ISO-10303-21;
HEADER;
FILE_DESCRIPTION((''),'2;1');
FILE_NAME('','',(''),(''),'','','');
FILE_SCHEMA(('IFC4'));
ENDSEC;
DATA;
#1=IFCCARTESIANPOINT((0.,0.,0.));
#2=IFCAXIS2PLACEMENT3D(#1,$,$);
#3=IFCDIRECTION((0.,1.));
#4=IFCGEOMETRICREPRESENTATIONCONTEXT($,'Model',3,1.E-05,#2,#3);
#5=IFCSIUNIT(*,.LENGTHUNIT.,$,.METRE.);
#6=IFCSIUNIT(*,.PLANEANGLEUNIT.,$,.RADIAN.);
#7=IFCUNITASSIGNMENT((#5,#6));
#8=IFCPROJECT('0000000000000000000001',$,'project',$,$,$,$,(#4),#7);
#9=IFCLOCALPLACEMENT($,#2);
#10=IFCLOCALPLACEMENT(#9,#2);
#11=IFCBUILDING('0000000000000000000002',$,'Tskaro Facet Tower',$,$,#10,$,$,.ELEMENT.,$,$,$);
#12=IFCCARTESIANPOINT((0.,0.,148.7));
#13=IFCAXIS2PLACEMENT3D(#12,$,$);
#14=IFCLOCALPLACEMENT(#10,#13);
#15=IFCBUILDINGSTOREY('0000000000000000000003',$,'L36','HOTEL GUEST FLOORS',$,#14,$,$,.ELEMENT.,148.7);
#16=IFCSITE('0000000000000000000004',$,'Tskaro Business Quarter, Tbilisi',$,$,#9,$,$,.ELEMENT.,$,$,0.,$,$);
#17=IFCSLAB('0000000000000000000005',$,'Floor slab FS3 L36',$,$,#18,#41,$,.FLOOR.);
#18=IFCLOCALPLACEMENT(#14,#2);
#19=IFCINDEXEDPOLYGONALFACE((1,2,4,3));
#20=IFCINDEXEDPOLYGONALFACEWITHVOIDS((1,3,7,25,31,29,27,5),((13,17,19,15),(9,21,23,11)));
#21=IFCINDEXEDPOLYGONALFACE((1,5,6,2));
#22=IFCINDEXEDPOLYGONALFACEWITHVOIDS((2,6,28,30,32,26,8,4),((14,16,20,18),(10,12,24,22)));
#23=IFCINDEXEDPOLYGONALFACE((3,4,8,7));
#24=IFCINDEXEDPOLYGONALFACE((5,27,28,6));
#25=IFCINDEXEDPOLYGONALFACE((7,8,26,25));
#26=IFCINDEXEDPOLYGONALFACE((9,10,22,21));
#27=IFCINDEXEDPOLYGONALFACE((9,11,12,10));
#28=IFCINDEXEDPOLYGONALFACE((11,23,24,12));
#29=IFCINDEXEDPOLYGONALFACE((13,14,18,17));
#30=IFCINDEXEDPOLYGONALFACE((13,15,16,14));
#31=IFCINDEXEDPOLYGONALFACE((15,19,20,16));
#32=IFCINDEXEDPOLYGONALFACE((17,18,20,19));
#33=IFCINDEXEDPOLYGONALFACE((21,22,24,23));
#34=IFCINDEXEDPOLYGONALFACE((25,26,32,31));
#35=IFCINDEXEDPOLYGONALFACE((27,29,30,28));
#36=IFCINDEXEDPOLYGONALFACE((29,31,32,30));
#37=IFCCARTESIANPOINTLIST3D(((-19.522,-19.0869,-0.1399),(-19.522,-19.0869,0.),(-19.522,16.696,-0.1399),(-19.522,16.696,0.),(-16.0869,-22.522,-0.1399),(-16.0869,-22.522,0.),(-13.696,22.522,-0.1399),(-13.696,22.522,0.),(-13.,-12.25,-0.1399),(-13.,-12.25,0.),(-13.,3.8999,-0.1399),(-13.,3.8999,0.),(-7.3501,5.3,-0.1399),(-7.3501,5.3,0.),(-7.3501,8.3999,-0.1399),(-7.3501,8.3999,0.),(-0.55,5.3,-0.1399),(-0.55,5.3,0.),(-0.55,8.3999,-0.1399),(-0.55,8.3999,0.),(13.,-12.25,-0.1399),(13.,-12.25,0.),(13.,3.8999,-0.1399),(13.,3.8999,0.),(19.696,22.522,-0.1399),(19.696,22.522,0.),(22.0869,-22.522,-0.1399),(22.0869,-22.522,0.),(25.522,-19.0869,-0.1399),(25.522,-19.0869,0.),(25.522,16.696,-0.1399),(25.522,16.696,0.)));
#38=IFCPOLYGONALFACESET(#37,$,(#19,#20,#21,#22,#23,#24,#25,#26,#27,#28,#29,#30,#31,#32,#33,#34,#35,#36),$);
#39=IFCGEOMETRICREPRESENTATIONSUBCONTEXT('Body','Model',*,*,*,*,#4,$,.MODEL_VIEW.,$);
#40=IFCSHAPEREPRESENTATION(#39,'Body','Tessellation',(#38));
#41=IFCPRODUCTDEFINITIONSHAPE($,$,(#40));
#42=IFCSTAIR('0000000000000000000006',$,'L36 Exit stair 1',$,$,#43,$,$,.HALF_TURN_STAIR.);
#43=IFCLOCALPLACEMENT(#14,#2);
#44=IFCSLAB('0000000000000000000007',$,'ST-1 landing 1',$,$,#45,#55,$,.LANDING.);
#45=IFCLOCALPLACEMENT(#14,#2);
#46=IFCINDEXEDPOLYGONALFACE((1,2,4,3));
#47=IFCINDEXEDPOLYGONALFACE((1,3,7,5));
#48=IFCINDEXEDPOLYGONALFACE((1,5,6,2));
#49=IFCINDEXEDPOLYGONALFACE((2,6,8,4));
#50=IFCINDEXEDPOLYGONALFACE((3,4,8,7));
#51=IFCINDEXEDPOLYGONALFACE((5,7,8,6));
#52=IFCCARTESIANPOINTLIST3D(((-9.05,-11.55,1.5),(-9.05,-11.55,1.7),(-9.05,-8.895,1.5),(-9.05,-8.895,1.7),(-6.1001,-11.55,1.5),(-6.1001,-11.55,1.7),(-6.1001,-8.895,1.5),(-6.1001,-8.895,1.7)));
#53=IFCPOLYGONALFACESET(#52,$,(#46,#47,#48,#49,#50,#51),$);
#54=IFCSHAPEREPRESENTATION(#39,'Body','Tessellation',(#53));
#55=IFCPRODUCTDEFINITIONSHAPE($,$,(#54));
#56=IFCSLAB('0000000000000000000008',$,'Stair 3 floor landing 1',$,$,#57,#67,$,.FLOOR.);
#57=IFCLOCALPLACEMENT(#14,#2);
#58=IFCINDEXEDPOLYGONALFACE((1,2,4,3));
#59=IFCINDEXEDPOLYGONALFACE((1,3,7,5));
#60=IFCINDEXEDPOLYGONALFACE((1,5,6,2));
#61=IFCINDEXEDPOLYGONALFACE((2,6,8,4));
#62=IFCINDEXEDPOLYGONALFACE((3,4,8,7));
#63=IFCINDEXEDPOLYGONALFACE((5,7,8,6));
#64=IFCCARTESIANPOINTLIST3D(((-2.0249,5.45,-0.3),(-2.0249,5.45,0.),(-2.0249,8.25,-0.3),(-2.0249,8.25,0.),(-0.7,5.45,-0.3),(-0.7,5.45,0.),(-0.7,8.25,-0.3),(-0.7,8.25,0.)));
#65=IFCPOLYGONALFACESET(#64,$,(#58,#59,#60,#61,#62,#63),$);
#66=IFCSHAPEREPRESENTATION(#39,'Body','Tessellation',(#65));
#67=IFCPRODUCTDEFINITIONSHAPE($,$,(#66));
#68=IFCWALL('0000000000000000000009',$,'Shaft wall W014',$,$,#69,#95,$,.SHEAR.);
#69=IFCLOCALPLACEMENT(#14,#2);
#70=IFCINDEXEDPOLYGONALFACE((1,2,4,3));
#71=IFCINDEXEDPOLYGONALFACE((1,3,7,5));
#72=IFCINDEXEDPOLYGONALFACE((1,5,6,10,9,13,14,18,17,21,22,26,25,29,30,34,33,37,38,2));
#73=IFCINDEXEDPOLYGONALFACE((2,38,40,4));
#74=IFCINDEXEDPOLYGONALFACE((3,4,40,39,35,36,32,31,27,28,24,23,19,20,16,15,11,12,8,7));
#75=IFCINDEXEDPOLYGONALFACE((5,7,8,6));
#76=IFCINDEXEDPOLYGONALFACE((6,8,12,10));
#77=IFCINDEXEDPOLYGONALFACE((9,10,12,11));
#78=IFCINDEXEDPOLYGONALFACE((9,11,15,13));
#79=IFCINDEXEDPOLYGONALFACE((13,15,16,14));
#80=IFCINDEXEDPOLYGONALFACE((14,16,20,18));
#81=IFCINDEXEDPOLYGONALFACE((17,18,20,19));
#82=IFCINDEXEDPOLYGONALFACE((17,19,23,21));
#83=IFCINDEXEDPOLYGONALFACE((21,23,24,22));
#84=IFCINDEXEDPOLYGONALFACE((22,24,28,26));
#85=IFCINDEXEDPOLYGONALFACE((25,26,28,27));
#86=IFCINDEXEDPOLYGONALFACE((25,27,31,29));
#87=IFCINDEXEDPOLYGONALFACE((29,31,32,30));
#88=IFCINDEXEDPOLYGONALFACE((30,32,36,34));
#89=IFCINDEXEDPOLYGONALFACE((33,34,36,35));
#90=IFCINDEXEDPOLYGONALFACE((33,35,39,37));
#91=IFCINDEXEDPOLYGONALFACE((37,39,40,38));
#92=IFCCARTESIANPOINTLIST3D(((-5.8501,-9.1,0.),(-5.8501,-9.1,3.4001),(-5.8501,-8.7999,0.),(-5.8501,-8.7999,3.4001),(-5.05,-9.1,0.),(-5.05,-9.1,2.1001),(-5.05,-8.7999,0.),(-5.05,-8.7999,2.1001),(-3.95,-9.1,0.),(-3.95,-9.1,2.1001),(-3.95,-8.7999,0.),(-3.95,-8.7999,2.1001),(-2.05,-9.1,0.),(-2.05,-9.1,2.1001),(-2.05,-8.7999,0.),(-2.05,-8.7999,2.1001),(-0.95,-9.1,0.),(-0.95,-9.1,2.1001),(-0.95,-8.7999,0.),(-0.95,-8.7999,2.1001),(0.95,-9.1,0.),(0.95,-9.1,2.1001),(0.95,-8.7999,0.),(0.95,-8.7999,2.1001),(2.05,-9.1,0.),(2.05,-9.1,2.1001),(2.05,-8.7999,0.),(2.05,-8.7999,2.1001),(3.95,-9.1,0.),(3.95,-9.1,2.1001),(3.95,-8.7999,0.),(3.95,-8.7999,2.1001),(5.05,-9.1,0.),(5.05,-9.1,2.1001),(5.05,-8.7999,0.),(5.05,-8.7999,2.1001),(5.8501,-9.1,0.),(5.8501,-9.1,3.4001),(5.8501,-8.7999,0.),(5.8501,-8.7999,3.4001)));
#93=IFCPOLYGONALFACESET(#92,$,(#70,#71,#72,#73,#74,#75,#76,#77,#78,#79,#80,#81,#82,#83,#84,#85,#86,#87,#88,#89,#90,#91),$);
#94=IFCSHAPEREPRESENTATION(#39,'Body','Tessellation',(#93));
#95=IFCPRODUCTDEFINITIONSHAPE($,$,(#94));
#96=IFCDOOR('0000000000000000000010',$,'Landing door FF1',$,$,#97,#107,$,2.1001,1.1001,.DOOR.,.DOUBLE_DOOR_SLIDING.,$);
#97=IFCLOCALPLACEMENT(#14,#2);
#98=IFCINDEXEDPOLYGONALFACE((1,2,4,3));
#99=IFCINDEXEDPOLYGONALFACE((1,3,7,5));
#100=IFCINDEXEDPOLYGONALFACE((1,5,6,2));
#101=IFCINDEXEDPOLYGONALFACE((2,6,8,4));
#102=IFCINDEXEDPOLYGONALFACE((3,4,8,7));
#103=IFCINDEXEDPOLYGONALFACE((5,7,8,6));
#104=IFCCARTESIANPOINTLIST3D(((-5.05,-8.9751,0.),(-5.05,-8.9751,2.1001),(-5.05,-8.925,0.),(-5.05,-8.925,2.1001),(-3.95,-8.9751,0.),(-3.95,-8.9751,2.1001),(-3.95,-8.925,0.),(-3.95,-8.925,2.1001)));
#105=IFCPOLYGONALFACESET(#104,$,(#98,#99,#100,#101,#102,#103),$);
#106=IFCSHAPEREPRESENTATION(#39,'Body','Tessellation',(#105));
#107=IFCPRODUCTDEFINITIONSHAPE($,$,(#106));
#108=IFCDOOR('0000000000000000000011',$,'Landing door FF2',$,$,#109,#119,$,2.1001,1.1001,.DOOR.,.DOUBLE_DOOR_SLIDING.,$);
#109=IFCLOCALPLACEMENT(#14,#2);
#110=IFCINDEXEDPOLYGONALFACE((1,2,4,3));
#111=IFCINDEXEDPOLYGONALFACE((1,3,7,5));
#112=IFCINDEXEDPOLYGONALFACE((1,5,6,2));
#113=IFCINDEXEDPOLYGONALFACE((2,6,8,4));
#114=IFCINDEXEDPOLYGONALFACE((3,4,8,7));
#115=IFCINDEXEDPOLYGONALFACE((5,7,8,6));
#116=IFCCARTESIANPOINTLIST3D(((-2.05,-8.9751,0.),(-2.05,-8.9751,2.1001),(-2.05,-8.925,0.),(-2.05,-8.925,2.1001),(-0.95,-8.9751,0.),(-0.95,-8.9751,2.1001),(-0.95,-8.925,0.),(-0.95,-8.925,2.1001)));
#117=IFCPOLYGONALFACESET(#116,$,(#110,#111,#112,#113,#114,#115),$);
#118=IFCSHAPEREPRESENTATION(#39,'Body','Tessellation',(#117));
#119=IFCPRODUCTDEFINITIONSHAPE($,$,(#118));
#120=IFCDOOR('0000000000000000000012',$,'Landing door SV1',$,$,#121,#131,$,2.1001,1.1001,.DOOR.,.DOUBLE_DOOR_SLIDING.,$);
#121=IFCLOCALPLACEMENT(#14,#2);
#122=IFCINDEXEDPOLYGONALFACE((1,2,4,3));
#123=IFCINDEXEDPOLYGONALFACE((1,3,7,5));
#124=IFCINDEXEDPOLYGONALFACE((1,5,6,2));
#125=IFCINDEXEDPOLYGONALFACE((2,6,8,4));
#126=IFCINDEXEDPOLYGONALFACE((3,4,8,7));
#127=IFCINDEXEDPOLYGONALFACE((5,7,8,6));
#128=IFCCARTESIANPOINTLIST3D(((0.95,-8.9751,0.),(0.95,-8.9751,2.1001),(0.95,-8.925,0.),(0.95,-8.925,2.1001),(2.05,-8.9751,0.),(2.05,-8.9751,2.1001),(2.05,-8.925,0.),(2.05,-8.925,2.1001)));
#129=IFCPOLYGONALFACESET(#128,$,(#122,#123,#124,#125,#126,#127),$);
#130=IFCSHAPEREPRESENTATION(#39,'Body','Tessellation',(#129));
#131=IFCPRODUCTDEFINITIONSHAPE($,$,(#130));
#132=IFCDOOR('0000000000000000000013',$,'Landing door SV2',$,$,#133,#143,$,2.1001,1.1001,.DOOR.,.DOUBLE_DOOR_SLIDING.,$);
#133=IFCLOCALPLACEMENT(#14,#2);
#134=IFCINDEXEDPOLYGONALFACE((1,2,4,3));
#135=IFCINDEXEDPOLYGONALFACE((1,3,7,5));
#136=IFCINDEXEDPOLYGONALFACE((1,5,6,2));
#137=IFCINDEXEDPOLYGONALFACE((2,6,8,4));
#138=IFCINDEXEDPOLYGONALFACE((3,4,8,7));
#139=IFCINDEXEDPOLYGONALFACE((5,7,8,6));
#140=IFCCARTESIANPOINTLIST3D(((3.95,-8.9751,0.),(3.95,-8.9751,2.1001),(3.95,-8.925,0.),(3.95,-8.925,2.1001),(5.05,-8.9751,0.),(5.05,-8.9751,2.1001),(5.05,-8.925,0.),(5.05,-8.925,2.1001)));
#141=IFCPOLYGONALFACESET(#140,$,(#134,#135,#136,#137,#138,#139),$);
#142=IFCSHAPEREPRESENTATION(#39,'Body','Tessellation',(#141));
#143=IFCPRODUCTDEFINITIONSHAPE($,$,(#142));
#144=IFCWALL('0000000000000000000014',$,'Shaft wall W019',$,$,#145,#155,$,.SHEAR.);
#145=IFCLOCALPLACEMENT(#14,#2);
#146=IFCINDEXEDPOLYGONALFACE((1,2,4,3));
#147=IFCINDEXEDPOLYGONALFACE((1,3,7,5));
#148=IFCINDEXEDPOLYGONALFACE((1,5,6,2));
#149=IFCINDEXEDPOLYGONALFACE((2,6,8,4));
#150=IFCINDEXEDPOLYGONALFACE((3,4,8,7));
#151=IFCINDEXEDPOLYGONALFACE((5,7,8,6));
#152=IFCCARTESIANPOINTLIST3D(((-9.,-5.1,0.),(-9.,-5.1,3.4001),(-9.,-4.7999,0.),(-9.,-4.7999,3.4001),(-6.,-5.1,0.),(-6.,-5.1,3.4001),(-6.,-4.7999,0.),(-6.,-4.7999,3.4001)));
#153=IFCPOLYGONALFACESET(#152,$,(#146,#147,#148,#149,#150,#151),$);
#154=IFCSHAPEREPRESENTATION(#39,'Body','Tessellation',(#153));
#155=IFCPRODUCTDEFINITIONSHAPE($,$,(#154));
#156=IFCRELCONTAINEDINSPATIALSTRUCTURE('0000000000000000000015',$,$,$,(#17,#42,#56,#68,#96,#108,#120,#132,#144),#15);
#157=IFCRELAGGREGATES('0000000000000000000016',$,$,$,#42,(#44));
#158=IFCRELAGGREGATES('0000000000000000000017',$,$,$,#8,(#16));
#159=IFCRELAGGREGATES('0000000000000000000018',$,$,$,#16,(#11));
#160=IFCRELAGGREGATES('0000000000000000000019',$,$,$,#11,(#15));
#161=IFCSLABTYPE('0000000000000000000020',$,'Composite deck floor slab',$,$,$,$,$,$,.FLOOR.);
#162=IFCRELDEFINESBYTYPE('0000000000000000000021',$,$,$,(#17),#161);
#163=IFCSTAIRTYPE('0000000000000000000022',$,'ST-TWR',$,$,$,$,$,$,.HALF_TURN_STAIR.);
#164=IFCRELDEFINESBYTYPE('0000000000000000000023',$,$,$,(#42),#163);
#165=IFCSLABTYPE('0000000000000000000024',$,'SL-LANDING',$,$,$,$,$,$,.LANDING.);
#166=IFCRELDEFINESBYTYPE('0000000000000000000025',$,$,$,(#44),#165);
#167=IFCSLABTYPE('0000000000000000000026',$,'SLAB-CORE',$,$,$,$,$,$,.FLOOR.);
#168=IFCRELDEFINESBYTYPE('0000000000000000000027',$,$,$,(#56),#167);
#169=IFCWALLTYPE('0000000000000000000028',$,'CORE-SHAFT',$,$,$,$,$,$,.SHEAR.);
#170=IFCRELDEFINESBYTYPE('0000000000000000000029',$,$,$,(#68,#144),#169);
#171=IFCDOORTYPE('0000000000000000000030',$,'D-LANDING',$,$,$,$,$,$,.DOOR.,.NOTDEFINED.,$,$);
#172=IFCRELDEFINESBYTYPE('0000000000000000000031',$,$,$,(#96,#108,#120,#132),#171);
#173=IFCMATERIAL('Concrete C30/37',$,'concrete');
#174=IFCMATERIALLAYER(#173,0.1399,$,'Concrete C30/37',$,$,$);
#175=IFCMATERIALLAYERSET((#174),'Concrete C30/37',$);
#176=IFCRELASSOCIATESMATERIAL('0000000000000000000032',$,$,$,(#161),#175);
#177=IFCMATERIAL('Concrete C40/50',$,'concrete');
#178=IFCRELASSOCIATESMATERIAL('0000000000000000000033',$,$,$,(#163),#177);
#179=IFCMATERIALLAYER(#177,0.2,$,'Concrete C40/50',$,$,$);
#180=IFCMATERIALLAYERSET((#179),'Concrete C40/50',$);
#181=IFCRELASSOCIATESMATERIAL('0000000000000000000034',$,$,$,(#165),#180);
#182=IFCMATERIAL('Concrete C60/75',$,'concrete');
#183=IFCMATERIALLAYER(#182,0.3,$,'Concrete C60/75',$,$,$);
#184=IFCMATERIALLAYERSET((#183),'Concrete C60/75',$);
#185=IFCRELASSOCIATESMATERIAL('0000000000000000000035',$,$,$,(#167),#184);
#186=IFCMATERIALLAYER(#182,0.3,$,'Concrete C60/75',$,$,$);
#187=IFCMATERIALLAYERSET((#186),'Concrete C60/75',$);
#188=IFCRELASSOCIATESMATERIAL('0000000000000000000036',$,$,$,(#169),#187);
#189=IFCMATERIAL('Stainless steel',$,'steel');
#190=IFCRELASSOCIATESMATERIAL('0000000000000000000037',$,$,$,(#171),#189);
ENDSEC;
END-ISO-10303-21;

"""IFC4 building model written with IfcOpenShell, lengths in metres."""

from ifc_helpers import new_model, si_unit, direction, frame, frame_2d, origin, place, context, subcontext, project, spatial, polyline, rectangle, outline, extrude, material, layer, layer_set, type_object, element, fill, aggregate, save


model = new_model("IFC4")

# Units and contexts
model_context = context("Model", 3, precision=1e-05, world=origin(), true_north=direction((0.0, 1.0)))
body_context = subcontext(model_context, "Body", "Model", "MODEL_VIEW")
ifc_project = project(units=[si_unit("LENGTHUNIT", "METRE"), si_unit("PLANEANGLEUNIT", "RADIAN")], contexts=[model_context])

# Site, building, storey
site_placement = place(None, origin())
site = spatial("IfcSite", under=ifc_project, at=site_placement, Name="Tskaro Business Quarter, Tbilisi", CompositionType="ELEMENT", RefElevation=0.0)
building_placement = place(site_placement, origin())
building = spatial("IfcBuilding", under=site, at=building_placement, Name="Tskaro Facet Tower", CompositionType="ELEMENT")
storey_placement = place(building_placement, frame((0.0, 0.0, 148.7)))
storey = spatial("IfcBuildingStorey", under=building, at=storey_placement, Name="L36", Description="HOTEL GUEST FLOORS", CompositionType="ELEMENT", Elevation=148.7)

# Slab
ifc_material_1 = material(Name="Concrete C30/37", Category="concrete")
ifc_layer_1 = layer(ifc_material_1, 0.1399, Name="Concrete C30/37")
ifc_layer_set_1 = layer_set([ifc_layer_1], Name="Concrete C30/37")
slab_type_1 = type_object("IfcSlabType", Name="Composite deck floor slab", PredefinedType="FLOOR", material=ifc_layer_set_1)
slab_1_placement = place(storey_placement, frame((0.0, 0.0, -0.1399)))
element("IfcSlab", 1, at=slab_1_placement, inside=storey, type_object=slab_type_1, Name="Floor slab FS3 L36", PredefinedType="FLOOR", context=body_context, shape_type="SweptSolid", body=[
    extrude(outline(polyline([(-16.0869, -22.522), (22.0869, -22.522), (25.522, -19.0869), (25.522, 16.696), (19.696, 22.522), (-13.696, 22.522), (-19.522, 16.696), (-19.522, -19.0869), (-16.0869, -22.522)]), holes=[polyline([(-13.0, -12.25), (13.0, -12.25), (13.0, 3.8999), (-13.0, 3.8999), (-13.0, -12.25)]), polyline([(-7.3501, 5.3), (-0.55, 5.3), (-0.55, 8.3999), (-7.3501, 8.3999), (-7.3501, 5.3)])]), origin(), (0.0, 0.0, 1.0), 0.1399),
])

# Stair, slab
ifc_material_2 = material(Name="Concrete C40/50", Category="concrete")
stair_type = type_object("IfcStairType", Name="ST-TWR", PredefinedType="HALF_TURN_STAIR", material=ifc_material_2)
stair_placement = place(storey_placement, origin())
stair = element("IfcStair", 2, at=stair_placement, inside=storey, type_object=stair_type, Name="L36 Exit stair 1", PredefinedType="HALF_TURN_STAIR")
ifc_layer_2 = layer(ifc_material_2, 0.2, Name="Concrete C40/50")
ifc_layer_set_2 = layer_set([ifc_layer_2], Name="Concrete C40/50")
slab_type_2 = type_object("IfcSlabType", Name="SL-LANDING", PredefinedType="LANDING", material=ifc_layer_set_2)
slab_2_placement = place(storey_placement, frame((0.0, 0.0, 1.5)))
slab_2 = element("IfcSlab", 3, at=slab_2_placement, type_object=slab_type_2, Name="ST-1 landing 1", PredefinedType="LANDING", context=body_context, shape_type="SweptSolid", body=[
    extrude(outline(polyline([(-9.05, -11.55), (-6.1001, -11.55), (-6.1001, -8.895), (-9.05, -8.895), (-9.05, -11.55)])), origin(), (0.0, 0.0, 1.0), 0.2),
])

# Slab
ifc_material_3 = material(Name="Concrete C60/75", Category="concrete")
ifc_layer_3 = layer(ifc_material_3, 0.3, Name="Concrete C60/75")
ifc_layer_set_3 = layer_set([ifc_layer_3], Name="Concrete C60/75")
slab_type_3 = type_object("IfcSlabType", Name="SLAB-CORE", PredefinedType="FLOOR", material=ifc_layer_set_3)
slab_3_placement = place(storey_placement, frame((0.0, 0.0, -0.3)))
element("IfcSlab", 4, at=slab_3_placement, inside=storey, type_object=slab_type_3, Name="Stair 3 floor landing 1", PredefinedType="FLOOR", context=body_context, shape_type="SweptSolid", body=[
    extrude(outline(polyline([(-2.0249, 5.45), (-0.7, 5.45), (-0.7, 8.25), (-2.0249, 8.25), (-2.0249, 5.45)])), origin(), (0.0, 0.0, 1.0), 0.3),
])

# Wall, openings, doors
ifc_layer_4 = layer(ifc_material_3, 0.3, Name="Concrete C60/75")
ifc_layer_set_4 = layer_set([ifc_layer_4], Name="Concrete C60/75")
wall_type_1 = type_object("IfcWallType", Name="CORE-SHAFT", PredefinedType="SHEAR", material=ifc_layer_set_4)
wall_1_placement = place(storey_placement, frame((-5.8501, -8.95, 0.0), z_axis=(0.0, 0.0, 1.0), x_axis=(1.0, 0.0, 0.0)))
wall_1 = element("IfcWall", 5, at=wall_1_placement, inside=storey, type_object=wall_type_1, Name="Shaft wall W014", PredefinedType="SHEAR", context=body_context, shape_type="SweptSolid", body=[
    extrude(rectangle(XDim=11.7002, YDim=0.3, at=frame_2d((5.8501, 0.0))), origin(), (0.0, 0.0, 1.0), 3.4001),
])
opening_1_placement = place(wall_1_placement, frame((0.8, 0.0, 0.0)))
opening_1 = element("IfcOpeningElement", 6, at=opening_1_placement, cuts=wall_1, PredefinedType="OPENING", context=body_context, shape_type="SweptSolid", body=[
    extrude(rectangle(XDim=1.1001, YDim=2.1001, at=frame_2d((0.55, 1.05))), frame((0.0, 0.1599, 0.0), z_axis=(0.0, -1.0, 0.0), x_axis=(1.0, 0.0, 0.0)), (0.0, 0.0, 1.0), 0.3201),
])
opening_2_placement = place(wall_1_placement, frame((3.8, 0.0, 0.0)))
opening_2 = element("IfcOpeningElement", 7, at=opening_2_placement, cuts=wall_1, PredefinedType="OPENING", context=body_context, shape_type="SweptSolid", body=[
    extrude(rectangle(XDim=1.1001, YDim=2.1001, at=frame_2d((0.55, 1.05))), frame((0.0, 0.1599, 0.0), z_axis=(0.0, -1.0, 0.0), x_axis=(1.0, 0.0, 0.0)), (0.0, 0.0, 1.0), 0.3201),
])
opening_3_placement = place(wall_1_placement, frame((6.8, 0.0, 0.0)))
opening_3 = element("IfcOpeningElement", 8, at=opening_3_placement, cuts=wall_1, PredefinedType="OPENING", context=body_context, shape_type="SweptSolid", body=[
    extrude(rectangle(XDim=1.1001, YDim=2.1001, at=frame_2d((0.55, 1.05))), frame((0.0, 0.1599, 0.0), z_axis=(0.0, -1.0, 0.0), x_axis=(1.0, 0.0, 0.0)), (0.0, 0.0, 1.0), 0.3201),
])
opening_4_placement = place(wall_1_placement, frame((9.8, 0.0, 0.0)))
opening_4 = element("IfcOpeningElement", 9, at=opening_4_placement, cuts=wall_1, PredefinedType="OPENING", context=body_context, shape_type="SweptSolid", body=[
    extrude(rectangle(XDim=1.1001, YDim=2.1001, at=frame_2d((0.55, 1.05))), frame((0.0, 0.1599, 0.0), z_axis=(0.0, -1.0, 0.0), x_axis=(1.0, 0.0, 0.0)), (0.0, 0.0, 1.0), 0.3201),
])
ifc_material_4 = material(Name="Stainless steel", Category="steel")
door_type_1 = type_object("IfcDoorType", Name="D-LANDING", OperationType="NOTDEFINED", PredefinedType="DOOR", material=ifc_material_4)
door_1_placement = place(opening_1_placement, origin())
door_1 = element("IfcDoor", 10, at=door_1_placement, inside=storey, type_object=door_type_1, Name="Landing door FF1", OperationType="DOUBLE_DOOR_SLIDING", OverallHeight=2.1001, OverallWidth=1.1001, PredefinedType="DOOR", context=body_context, shape_type="SweptSolid", body=[
    extrude(rectangle(XDim=1.1001, YDim=2.1001, at=frame_2d((0.55, 1.05))), frame((0.0, 0.0249, 0.0), z_axis=(0.0, -1.0, 0.0), x_axis=(1.0, 0.0, 0.0)), (0.0, 0.0, 1.0), 0.05),
])
fill(opening_1, door_1)
door_2_placement = place(opening_2_placement, origin())
door_2 = element("IfcDoor", 11, at=door_2_placement, inside=storey, type_object=door_type_1, Name="Landing door FF2", OperationType="DOUBLE_DOOR_SLIDING", OverallHeight=2.1001, OverallWidth=1.1001, PredefinedType="DOOR", context=body_context, shape_type="SweptSolid", body=[
    extrude(rectangle(XDim=1.1001, YDim=2.1001, at=frame_2d((0.55, 1.05))), frame((0.0, 0.0249, 0.0), z_axis=(0.0, -1.0, 0.0), x_axis=(1.0, 0.0, 0.0)), (0.0, 0.0, 1.0), 0.05),
])
fill(opening_2, door_2)
door_3_placement = place(opening_3_placement, origin())
door_3 = element("IfcDoor", 12, at=door_3_placement, inside=storey, type_object=door_type_1, Name="Landing door SV1", OperationType="DOUBLE_DOOR_SLIDING", OverallHeight=2.1001, OverallWidth=1.1001, PredefinedType="DOOR", context=body_context, shape_type="SweptSolid", body=[
    extrude(rectangle(XDim=1.1001, YDim=2.1001, at=frame_2d((0.55, 1.05))), frame((0.0, 0.0249, 0.0), z_axis=(0.0, -1.0, 0.0), x_axis=(1.0, 0.0, 0.0)), (0.0, 0.0, 1.0), 0.05),
])
fill(opening_3, door_3)
door_4_placement = place(opening_4_placement, origin())
door_4 = element("IfcDoor", 13, at=door_4_placement, inside=storey, type_object=door_type_1, Name="Landing door SV2", OperationType="DOUBLE_DOOR_SLIDING", OverallHeight=2.1001, OverallWidth=1.1001, PredefinedType="DOOR", context=body_context, shape_type="SweptSolid", body=[
    extrude(rectangle(XDim=1.1001, YDim=2.1001, at=frame_2d((0.55, 1.05))), frame((0.0, 0.0249, 0.0), z_axis=(0.0, -1.0, 0.0), x_axis=(1.0, 0.0, 0.0)), (0.0, 0.0, 1.0), 0.05),
])
fill(opening_4, door_4)

# Wall
wall_2_placement = place(storey_placement, frame((-9.0, -4.95, 0.0), z_axis=(0.0, 0.0, 1.0), x_axis=(1.0, 0.0, 0.0)))
element("IfcWall", 14, at=wall_2_placement, inside=storey, type_object=wall_type_1, Name="Shaft wall W019", PredefinedType="SHEAR", context=body_context, shape_type="SweptSolid", body=[
    extrude(rectangle(XDim=3.0, YDim=0.3, at=frame_2d((1.5, 0.0))), origin(), (0.0, 0.0, 1.0), 3.4001),
])

aggregate(stair, [slab_2])

save(model, "model.ifc")
